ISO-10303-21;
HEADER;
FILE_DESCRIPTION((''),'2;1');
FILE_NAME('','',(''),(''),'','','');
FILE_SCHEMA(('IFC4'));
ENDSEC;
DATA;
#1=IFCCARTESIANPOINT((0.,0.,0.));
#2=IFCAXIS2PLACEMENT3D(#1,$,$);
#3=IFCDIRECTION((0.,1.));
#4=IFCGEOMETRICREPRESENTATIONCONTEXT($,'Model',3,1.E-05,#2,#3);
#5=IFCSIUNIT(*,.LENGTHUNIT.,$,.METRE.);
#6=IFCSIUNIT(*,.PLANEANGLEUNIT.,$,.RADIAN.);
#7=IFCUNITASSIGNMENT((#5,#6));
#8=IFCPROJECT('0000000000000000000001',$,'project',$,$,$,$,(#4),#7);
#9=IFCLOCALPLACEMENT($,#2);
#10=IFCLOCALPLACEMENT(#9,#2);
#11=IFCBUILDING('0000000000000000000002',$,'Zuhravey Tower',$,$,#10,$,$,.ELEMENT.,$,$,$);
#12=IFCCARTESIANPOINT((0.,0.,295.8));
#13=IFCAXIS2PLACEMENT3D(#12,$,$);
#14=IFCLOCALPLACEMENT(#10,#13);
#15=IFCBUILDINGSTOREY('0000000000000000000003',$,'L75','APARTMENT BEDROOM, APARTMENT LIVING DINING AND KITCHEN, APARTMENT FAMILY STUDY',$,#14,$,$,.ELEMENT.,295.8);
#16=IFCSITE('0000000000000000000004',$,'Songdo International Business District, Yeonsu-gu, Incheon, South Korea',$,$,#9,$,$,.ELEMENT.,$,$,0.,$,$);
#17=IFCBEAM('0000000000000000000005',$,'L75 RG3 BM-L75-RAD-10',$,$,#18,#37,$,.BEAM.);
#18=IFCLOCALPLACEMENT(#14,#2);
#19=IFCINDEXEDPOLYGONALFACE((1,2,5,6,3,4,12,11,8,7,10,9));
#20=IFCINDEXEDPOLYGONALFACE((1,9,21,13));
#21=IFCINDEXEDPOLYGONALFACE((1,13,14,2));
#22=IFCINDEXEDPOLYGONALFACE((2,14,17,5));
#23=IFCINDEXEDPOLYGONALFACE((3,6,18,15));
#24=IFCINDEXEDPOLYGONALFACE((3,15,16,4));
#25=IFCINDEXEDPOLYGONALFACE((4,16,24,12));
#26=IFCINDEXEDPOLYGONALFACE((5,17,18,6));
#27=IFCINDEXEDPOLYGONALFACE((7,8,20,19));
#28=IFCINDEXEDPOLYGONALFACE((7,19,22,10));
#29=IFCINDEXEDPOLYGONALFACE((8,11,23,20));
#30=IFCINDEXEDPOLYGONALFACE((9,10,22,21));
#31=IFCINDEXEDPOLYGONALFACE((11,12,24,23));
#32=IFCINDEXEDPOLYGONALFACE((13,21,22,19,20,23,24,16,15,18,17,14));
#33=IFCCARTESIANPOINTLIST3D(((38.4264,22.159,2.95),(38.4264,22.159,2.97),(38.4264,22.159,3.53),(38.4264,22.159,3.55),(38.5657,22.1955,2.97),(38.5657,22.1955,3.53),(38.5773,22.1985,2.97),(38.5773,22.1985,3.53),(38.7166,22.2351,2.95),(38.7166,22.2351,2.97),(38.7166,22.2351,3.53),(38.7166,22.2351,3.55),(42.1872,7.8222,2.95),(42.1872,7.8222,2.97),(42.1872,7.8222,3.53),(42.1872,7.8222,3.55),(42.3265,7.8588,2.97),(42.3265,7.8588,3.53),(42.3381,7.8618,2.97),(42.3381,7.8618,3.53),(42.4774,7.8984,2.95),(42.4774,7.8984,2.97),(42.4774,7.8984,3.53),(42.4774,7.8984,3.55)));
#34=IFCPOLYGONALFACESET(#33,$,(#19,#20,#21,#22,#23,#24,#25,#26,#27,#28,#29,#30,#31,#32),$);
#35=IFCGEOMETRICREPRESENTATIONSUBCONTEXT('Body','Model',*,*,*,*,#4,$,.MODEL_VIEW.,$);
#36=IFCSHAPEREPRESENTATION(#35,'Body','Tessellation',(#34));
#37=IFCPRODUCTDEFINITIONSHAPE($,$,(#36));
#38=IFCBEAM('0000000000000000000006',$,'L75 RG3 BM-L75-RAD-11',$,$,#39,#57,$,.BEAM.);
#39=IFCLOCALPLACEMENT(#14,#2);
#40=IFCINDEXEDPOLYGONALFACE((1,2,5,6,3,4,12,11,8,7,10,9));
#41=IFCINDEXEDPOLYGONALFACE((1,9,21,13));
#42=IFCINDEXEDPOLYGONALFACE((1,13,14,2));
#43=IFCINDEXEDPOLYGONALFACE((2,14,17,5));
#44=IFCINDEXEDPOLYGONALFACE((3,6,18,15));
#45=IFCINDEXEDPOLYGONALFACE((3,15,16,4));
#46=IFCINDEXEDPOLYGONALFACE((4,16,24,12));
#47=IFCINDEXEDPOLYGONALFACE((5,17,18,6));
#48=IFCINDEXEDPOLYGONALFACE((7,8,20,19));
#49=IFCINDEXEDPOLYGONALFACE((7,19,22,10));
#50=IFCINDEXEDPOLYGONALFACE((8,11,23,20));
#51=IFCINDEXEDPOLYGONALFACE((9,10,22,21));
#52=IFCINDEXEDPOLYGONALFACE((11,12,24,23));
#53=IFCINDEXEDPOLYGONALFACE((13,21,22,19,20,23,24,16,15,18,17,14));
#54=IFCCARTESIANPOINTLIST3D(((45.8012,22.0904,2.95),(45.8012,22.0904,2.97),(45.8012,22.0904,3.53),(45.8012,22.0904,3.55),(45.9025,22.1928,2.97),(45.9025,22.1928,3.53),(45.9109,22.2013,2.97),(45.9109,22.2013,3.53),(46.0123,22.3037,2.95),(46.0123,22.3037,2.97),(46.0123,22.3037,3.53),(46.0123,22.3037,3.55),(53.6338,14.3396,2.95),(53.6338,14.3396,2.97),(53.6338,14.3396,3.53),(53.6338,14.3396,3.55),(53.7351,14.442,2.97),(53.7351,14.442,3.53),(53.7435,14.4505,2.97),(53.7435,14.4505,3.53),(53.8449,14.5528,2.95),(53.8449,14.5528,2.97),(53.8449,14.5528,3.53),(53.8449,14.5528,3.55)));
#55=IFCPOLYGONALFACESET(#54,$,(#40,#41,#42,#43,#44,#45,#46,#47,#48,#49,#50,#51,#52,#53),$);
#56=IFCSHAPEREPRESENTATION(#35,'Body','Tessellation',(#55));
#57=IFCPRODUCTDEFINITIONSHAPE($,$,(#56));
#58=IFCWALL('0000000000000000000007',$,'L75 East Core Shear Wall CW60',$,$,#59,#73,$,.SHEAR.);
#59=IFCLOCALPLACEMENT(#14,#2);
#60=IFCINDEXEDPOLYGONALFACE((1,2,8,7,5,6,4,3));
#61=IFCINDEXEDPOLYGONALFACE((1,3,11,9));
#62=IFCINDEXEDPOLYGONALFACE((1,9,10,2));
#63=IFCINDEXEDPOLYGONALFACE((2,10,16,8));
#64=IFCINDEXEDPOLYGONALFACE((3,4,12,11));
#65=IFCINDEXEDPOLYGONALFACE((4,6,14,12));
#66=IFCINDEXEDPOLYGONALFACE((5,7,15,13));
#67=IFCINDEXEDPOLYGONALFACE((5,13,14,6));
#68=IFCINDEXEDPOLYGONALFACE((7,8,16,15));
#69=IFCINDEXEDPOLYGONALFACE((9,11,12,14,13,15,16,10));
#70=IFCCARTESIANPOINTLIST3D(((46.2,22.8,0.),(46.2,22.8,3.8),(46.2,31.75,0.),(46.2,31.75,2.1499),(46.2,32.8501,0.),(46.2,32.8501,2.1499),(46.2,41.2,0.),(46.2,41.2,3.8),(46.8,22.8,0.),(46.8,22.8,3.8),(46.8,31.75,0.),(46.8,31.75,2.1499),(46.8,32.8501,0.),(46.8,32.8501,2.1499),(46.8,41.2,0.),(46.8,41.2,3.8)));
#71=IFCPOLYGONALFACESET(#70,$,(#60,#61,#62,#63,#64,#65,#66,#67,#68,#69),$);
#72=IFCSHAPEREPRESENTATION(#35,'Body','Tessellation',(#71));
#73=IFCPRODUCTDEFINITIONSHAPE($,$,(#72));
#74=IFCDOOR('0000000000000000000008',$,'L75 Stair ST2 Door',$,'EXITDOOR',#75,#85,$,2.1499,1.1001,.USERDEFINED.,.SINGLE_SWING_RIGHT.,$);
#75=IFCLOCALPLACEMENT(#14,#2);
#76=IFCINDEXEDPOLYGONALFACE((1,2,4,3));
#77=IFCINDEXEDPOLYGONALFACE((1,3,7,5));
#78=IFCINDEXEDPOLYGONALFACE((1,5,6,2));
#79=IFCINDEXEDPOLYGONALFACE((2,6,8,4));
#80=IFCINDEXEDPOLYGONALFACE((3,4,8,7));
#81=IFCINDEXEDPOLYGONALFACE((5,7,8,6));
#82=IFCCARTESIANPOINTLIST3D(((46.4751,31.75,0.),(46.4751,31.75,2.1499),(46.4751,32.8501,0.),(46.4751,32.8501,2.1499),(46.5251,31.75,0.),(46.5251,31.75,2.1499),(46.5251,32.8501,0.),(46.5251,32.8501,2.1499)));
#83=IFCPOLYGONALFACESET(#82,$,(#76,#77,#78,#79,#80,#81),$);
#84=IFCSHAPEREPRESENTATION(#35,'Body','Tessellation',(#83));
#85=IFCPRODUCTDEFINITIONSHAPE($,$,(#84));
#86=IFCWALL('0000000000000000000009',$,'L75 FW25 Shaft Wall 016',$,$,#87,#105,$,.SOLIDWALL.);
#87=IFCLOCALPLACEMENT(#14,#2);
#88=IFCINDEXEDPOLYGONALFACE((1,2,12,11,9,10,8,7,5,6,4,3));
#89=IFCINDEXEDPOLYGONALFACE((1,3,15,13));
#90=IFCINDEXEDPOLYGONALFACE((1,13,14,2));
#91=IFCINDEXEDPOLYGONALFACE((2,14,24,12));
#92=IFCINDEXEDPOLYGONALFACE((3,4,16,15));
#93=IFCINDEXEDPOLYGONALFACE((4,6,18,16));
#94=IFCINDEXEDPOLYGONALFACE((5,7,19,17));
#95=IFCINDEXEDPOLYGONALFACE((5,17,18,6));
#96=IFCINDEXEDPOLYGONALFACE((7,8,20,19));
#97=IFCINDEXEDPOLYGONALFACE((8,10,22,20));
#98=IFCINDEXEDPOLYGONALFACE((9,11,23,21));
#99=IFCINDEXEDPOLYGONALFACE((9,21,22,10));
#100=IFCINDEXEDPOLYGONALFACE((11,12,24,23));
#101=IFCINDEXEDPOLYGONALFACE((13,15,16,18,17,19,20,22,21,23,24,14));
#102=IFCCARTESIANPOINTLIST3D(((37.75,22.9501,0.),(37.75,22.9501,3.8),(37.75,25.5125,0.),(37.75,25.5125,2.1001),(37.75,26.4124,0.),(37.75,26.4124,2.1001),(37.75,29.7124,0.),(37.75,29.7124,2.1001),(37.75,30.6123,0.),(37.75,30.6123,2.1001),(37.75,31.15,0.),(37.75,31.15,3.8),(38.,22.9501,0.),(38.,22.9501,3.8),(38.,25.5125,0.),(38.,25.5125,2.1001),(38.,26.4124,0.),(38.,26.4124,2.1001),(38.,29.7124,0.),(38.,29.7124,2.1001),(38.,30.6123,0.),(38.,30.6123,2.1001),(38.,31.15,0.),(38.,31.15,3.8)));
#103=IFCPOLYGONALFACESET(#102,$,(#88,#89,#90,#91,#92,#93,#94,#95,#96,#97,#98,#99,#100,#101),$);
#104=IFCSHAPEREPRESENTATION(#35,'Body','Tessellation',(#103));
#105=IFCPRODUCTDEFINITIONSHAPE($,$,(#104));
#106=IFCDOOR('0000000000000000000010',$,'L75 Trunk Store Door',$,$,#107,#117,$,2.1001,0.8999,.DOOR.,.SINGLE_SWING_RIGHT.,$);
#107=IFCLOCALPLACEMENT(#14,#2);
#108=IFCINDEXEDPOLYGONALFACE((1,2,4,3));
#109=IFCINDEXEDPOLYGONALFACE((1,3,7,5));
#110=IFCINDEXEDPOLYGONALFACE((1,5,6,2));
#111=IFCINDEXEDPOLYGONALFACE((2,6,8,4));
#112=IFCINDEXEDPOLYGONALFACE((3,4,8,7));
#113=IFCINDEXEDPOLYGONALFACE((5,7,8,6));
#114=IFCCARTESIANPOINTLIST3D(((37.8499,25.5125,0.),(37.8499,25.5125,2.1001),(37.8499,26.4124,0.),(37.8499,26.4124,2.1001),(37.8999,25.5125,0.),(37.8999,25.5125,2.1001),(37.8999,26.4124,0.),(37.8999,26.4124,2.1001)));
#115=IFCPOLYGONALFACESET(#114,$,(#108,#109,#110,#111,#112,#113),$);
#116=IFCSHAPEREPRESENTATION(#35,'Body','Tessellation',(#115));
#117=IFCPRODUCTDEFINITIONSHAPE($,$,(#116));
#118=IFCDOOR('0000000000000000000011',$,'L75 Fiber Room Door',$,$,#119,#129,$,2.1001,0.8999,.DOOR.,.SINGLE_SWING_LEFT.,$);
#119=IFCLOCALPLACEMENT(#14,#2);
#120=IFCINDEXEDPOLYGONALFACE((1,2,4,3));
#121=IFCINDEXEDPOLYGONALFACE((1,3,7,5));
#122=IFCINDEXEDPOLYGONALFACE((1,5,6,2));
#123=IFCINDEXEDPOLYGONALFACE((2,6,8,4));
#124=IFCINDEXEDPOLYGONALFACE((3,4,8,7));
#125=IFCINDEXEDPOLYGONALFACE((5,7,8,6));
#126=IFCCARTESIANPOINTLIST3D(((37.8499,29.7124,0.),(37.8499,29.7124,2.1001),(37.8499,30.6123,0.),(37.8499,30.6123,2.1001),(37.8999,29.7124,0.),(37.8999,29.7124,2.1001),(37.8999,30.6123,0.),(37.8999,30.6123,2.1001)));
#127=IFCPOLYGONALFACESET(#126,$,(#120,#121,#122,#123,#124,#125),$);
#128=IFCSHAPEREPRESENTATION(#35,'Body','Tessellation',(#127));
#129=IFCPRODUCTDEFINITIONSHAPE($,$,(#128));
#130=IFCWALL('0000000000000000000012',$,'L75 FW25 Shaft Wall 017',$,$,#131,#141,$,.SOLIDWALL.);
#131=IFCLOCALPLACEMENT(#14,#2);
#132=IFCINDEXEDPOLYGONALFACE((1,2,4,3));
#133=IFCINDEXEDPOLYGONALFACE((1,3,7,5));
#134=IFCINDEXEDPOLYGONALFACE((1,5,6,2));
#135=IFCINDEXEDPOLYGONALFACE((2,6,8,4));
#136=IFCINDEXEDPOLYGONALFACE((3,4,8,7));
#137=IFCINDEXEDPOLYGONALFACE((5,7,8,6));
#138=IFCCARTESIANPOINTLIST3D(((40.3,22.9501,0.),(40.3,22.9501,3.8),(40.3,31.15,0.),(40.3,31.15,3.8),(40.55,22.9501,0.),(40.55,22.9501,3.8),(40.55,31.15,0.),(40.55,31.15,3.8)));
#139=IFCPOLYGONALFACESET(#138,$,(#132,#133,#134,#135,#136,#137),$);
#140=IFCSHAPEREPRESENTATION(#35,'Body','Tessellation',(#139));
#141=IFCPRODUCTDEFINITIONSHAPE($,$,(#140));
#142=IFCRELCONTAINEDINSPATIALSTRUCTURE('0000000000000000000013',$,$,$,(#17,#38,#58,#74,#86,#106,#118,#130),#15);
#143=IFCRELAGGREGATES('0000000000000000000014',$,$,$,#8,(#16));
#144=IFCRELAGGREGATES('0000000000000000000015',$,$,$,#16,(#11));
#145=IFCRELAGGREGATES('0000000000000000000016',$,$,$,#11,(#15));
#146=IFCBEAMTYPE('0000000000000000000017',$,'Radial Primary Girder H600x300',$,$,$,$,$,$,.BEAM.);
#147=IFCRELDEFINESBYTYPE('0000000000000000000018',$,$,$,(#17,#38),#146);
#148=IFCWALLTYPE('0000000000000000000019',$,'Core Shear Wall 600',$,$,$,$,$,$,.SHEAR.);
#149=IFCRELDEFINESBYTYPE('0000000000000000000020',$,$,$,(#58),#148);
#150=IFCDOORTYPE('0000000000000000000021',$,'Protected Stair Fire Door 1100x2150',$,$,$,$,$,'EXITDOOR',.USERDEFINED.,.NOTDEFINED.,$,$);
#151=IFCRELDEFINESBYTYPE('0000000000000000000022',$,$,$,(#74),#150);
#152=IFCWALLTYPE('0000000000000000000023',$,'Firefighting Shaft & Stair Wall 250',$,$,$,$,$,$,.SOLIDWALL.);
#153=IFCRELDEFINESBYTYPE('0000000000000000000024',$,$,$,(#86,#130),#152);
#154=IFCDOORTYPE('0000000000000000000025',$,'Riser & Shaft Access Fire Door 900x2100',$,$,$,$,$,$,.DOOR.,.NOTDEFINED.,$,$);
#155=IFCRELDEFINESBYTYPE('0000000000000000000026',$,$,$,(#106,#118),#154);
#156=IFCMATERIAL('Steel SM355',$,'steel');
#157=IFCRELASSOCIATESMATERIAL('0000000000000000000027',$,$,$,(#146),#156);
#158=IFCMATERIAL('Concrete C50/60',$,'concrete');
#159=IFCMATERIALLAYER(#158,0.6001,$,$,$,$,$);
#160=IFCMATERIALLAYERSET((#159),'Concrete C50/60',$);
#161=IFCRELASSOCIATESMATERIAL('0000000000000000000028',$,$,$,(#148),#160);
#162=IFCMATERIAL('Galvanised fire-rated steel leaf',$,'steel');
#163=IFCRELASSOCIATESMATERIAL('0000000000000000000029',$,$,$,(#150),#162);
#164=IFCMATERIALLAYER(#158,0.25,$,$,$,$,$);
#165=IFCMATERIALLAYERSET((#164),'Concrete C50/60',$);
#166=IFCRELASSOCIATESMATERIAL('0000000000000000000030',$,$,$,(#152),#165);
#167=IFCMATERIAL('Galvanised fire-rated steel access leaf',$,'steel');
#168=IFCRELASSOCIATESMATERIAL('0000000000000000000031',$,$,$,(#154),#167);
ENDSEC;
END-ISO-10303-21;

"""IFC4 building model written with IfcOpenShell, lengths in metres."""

from ifc_helpers import new_model, si_unit, direction, frame, frame_2d, origin, origin_2d, place, context, subcontext, project, spatial, rectangle, i_section, extrude, material, layer, layer_set, material_profile, profile_set, type_object, element, fill, save


model = new_model("IFC4")

# Units and contexts
model_context = context("Model", 3, precision=1e-05, world=origin(), true_north=direction((0.0, 1.0)))
body_context = subcontext(model_context, "Body", "Model", "MODEL_VIEW")
ifc_project = project(units=[si_unit("LENGTHUNIT", "METRE"), si_unit("PLANEANGLEUNIT", "RADIAN")], contexts=[model_context])

# Site, building, storey
site_placement = place(None, origin())
site = spatial("IfcSite", under=ifc_project, at=site_placement, Name="Songdo International Business District, Yeonsu-gu, Incheon, South Korea", CompositionType="ELEMENT", RefElevation=0.0)
building_placement = place(site_placement, origin())
building = spatial("IfcBuilding", under=site, at=building_placement, Name="Zuhravey Tower", CompositionType="ELEMENT")
storey_placement = place(building_placement, frame((0.0, 0.0, 295.8)))
storey = spatial("IfcBuildingStorey", under=building, at=storey_placement, Name="L75", Description="APARTMENT BEDROOM, APARTMENT LIVING DINING AND KITCHEN, APARTMENT FAMILY STUDY", CompositionType="ELEMENT", Elevation=295.8)

# Beams
ifc_material_1 = material(Name="Steel SM355", Category="steel")
ifc_material_profile = material_profile(ifc_material_1, i_section(OverallWidth=0.3, OverallDepth=0.6001, WebThickness=0.012, FlangeThickness=0.02, at=origin_2d()), Name="H-600x300x12x20")
ifc_profile_set = profile_set([ifc_material_profile], Name="Steel SM355")
beam_type = type_object("IfcBeamType", Name="Radial Primary Girder H600x300", PredefinedType="BEAM", material=ifc_profile_set)
beam_1_placement = place(storey_placement, frame((38.5715, 22.197, 3.25), z_axis=(0.253732, -0.967275, 0.0), x_axis=(0.967275, 0.253732, 0.0)))
element("IfcBeam", 1, at=beam_1_placement, inside=storey, type_object=beam_type, Name="L75 RG3 BM-L75-RAD-10", PredefinedType="BEAM", context=body_context, shape_type="SweptSolid", body=[
    extrude(i_section(OverallWidth=0.3, OverallDepth=0.6001, WebThickness=0.012, FlangeThickness=0.02, at=origin_2d()), origin(), (0.0, 0.0, 1.0), 14.8218),
])
beam_2_placement = place(storey_placement, frame((45.9067, 22.197, 3.25), z_axis=(0.710808, -0.703386, 0.0), x_axis=(0.703386, 0.710808, 0.0)))
element("IfcBeam", 2, at=beam_2_placement, inside=storey, type_object=beam_type, Name="L75 RG3 BM-L75-RAD-11", PredefinedType="BEAM", context=body_context, shape_type="SweptSolid", body=[
    extrude(i_section(OverallWidth=0.3, OverallDepth=0.6001, WebThickness=0.012, FlangeThickness=0.02, at=origin_2d()), origin(), (0.0, 0.0, 1.0), 11.0193),
])

# Wall, opening, door
ifc_material_2 = material(Name="Concrete C50/60", Category="concrete")
ifc_layer_1 = layer(ifc_material_2, 0.6001)
ifc_layer_set_1 = layer_set([ifc_layer_1], Name="Concrete C50/60")
wall_type_1 = type_object("IfcWallType", Name="Core Shear Wall 600", PredefinedType="SHEAR", material=ifc_layer_set_1)
ifc_material_3 = material(Name="Galvanised fire-rated steel leaf", Category="steel")
wall_1_placement = place(storey_placement, frame((46.5, 22.8, 0.0), z_axis=(0.0, 0.0, 1.0), x_axis=(0.0, 1.0, 0.0)))
wall_1 = element("IfcWall", 3, at=wall_1_placement, inside=storey, type_object=wall_type_1, Name="L75 East Core Shear Wall CW60", PredefinedType="SHEAR", context=body_context, shape_type="SweptSolid", body=[
    extrude(rectangle(XDim=18.3999, YDim=0.6001, at=frame_2d((9.2, 0.0))), origin(), (0.0, 0.0, 1.0), 3.8),
])
opening_1_placement = place(wall_1_placement, frame((8.95, 0.0, 0.0)))
opening_1 = element("IfcOpeningElement", 4, at=opening_1_placement, cuts=wall_1, PredefinedType="OPENING", context=body_context, shape_type="SweptSolid", body=[
    extrude(rectangle(XDim=1.1001, YDim=2.1499, at=frame_2d((0.55, 1.075))), frame((0.0, 0.312, 0.0), z_axis=(0.0, -1.0, 0.0), x_axis=(1.0, 0.0, 0.0)), (0.0, 0.0, 1.0), 0.624),
])
door_type_1 = type_object("IfcDoorType", Name="Protected Stair Fire Door 1100x2150", ElementType="EXITDOOR", OperationType="NOTDEFINED", PredefinedType="USERDEFINED", material=ifc_material_3)
door_1_placement = place(opening_1_placement, origin())
door_1 = element("IfcDoor", 5, at=door_1_placement, inside=storey, type_object=door_type_1, Name="L75 Stair ST2 Door", ObjectType="EXITDOOR", OperationType="SINGLE_SWING_RIGHT", OverallHeight=2.1499, OverallWidth=1.1001, PredefinedType="USERDEFINED", context=body_context, shape_type="SweptSolid", body=[
    extrude(rectangle(XDim=1.1001, YDim=2.1499, at=frame_2d((0.55, 1.075))), frame((0.0, 0.0249, 0.0), z_axis=(0.0, -1.0, 0.0), x_axis=(1.0, 0.0, 0.0)), (0.0, 0.0, 1.0), 0.05),
])
fill(opening_1, door_1)

# Wall, openings, doors
ifc_layer_2 = layer(ifc_material_2, 0.25)
ifc_layer_set_2 = layer_set([ifc_layer_2], Name="Concrete C50/60")
wall_type_2 = type_object("IfcWallType", Name="Firefighting Shaft & Stair Wall 250", PredefinedType="SOLIDWALL", material=ifc_layer_set_2)
wall_2_placement = place(storey_placement, frame((37.875, 22.95, 0.0), z_axis=(0.0, 0.0, 1.0), x_axis=(0.0, 1.0, 0.0)))
wall_2 = element("IfcWall", 6, at=wall_2_placement, inside=storey, type_object=wall_type_2, Name="L75 FW25 Shaft Wall 016", PredefinedType="SOLIDWALL", context=body_context, shape_type="SweptSolid", body=[
    extrude(rectangle(XDim=8.2, YDim=0.25, at=frame_2d((4.1001, 0.0))), origin(), (0.0, 0.0, 1.0), 3.8),
])
opening_2_placement = place(wall_2_placement, frame((2.5625, 0.0, 0.0)))
opening_2 = element("IfcOpeningElement", 7, at=opening_2_placement, cuts=wall_2, PredefinedType="OPENING", context=body_context, shape_type="SweptSolid", body=[
    extrude(rectangle(XDim=0.8999, YDim=2.1001, at=frame_2d((0.45, 1.05))), frame((0.0, 0.137, 0.0), z_axis=(0.0, -1.0, 0.0), x_axis=(1.0, 0.0, 0.0)), (0.0, 0.0, 1.0), 0.2739),
])
opening_3_placement = place(wall_2_placement, frame((6.7625, 0.0, 0.0)))
opening_3 = element("IfcOpeningElement", 8, at=opening_3_placement, cuts=wall_2, PredefinedType="OPENING", context=body_context, shape_type="SweptSolid", body=[
    extrude(rectangle(XDim=0.8999, YDim=2.1001, at=frame_2d((0.45, 1.05))), frame((0.0, 0.137, 0.0), z_axis=(0.0, -1.0, 0.0), x_axis=(1.0, 0.0, 0.0)), (0.0, 0.0, 1.0), 0.2739),
])
ifc_material_4 = material(Name="Galvanised fire-rated steel access leaf", Category="steel")
door_type_2 = type_object("IfcDoorType", Name="Riser & Shaft Access Fire Door 900x2100", OperationType="NOTDEFINED", PredefinedType="DOOR", material=ifc_material_4)
door_2_placement = place(opening_2_placement, frame((0.8999, 0.0, 0.0), z_axis=(0.0, 0.0, 1.0), x_axis=(-1.0, 0.0, 0.0)))
door_2 = element("IfcDoor", 9, at=door_2_placement, inside=storey, type_object=door_type_2, Name="L75 Trunk Store Door", OperationType="SINGLE_SWING_RIGHT", OverallHeight=2.1001, OverallWidth=0.8999, PredefinedType="DOOR", context=body_context, shape_type="SweptSolid", body=[
    extrude(rectangle(XDim=0.8999, YDim=2.1001, at=frame_2d((0.45, 1.05))), frame((0.0, 0.0249, 0.0), z_axis=(0.0, -1.0, 0.0), x_axis=(1.0, 0.0, 0.0)), (0.0, 0.0, 1.0), 0.05),
])
fill(opening_2, door_2)
door_3_placement = place(opening_3_placement, frame((0.8999, 0.0, 0.0), z_axis=(0.0, 0.0, 1.0), x_axis=(-1.0, 0.0, 0.0)))
door_3 = element("IfcDoor", 10, at=door_3_placement, inside=storey, type_object=door_type_2, Name="L75 Fiber Room Door", OperationType="SINGLE_SWING_LEFT", OverallHeight=2.1001, OverallWidth=0.8999, PredefinedType="DOOR", context=body_context, shape_type="SweptSolid", body=[
    extrude(rectangle(XDim=0.8999, YDim=2.1001, at=frame_2d((0.45, 1.05))), frame((0.0, 0.0249, 0.0), z_axis=(0.0, -1.0, 0.0), x_axis=(1.0, 0.0, 0.0)), (0.0, 0.0, 1.0), 0.05),
])
fill(opening_3, door_3)

# Wall
wall_3_placement = place(storey_placement, frame((40.425, 22.95, 0.0), z_axis=(0.0, 0.0, 1.0), x_axis=(0.0, 1.0, 0.0)))
element("IfcWall", 11, at=wall_3_placement, inside=storey, type_object=wall_type_2, Name="L75 FW25 Shaft Wall 017", PredefinedType="SOLIDWALL", context=body_context, shape_type="SweptSolid", body=[
    extrude(rectangle(XDim=8.2, YDim=0.25, at=frame_2d((4.1001, 0.0))), origin(), (0.0, 0.0, 1.0), 3.8),
])

save(model, "model.ifc")
